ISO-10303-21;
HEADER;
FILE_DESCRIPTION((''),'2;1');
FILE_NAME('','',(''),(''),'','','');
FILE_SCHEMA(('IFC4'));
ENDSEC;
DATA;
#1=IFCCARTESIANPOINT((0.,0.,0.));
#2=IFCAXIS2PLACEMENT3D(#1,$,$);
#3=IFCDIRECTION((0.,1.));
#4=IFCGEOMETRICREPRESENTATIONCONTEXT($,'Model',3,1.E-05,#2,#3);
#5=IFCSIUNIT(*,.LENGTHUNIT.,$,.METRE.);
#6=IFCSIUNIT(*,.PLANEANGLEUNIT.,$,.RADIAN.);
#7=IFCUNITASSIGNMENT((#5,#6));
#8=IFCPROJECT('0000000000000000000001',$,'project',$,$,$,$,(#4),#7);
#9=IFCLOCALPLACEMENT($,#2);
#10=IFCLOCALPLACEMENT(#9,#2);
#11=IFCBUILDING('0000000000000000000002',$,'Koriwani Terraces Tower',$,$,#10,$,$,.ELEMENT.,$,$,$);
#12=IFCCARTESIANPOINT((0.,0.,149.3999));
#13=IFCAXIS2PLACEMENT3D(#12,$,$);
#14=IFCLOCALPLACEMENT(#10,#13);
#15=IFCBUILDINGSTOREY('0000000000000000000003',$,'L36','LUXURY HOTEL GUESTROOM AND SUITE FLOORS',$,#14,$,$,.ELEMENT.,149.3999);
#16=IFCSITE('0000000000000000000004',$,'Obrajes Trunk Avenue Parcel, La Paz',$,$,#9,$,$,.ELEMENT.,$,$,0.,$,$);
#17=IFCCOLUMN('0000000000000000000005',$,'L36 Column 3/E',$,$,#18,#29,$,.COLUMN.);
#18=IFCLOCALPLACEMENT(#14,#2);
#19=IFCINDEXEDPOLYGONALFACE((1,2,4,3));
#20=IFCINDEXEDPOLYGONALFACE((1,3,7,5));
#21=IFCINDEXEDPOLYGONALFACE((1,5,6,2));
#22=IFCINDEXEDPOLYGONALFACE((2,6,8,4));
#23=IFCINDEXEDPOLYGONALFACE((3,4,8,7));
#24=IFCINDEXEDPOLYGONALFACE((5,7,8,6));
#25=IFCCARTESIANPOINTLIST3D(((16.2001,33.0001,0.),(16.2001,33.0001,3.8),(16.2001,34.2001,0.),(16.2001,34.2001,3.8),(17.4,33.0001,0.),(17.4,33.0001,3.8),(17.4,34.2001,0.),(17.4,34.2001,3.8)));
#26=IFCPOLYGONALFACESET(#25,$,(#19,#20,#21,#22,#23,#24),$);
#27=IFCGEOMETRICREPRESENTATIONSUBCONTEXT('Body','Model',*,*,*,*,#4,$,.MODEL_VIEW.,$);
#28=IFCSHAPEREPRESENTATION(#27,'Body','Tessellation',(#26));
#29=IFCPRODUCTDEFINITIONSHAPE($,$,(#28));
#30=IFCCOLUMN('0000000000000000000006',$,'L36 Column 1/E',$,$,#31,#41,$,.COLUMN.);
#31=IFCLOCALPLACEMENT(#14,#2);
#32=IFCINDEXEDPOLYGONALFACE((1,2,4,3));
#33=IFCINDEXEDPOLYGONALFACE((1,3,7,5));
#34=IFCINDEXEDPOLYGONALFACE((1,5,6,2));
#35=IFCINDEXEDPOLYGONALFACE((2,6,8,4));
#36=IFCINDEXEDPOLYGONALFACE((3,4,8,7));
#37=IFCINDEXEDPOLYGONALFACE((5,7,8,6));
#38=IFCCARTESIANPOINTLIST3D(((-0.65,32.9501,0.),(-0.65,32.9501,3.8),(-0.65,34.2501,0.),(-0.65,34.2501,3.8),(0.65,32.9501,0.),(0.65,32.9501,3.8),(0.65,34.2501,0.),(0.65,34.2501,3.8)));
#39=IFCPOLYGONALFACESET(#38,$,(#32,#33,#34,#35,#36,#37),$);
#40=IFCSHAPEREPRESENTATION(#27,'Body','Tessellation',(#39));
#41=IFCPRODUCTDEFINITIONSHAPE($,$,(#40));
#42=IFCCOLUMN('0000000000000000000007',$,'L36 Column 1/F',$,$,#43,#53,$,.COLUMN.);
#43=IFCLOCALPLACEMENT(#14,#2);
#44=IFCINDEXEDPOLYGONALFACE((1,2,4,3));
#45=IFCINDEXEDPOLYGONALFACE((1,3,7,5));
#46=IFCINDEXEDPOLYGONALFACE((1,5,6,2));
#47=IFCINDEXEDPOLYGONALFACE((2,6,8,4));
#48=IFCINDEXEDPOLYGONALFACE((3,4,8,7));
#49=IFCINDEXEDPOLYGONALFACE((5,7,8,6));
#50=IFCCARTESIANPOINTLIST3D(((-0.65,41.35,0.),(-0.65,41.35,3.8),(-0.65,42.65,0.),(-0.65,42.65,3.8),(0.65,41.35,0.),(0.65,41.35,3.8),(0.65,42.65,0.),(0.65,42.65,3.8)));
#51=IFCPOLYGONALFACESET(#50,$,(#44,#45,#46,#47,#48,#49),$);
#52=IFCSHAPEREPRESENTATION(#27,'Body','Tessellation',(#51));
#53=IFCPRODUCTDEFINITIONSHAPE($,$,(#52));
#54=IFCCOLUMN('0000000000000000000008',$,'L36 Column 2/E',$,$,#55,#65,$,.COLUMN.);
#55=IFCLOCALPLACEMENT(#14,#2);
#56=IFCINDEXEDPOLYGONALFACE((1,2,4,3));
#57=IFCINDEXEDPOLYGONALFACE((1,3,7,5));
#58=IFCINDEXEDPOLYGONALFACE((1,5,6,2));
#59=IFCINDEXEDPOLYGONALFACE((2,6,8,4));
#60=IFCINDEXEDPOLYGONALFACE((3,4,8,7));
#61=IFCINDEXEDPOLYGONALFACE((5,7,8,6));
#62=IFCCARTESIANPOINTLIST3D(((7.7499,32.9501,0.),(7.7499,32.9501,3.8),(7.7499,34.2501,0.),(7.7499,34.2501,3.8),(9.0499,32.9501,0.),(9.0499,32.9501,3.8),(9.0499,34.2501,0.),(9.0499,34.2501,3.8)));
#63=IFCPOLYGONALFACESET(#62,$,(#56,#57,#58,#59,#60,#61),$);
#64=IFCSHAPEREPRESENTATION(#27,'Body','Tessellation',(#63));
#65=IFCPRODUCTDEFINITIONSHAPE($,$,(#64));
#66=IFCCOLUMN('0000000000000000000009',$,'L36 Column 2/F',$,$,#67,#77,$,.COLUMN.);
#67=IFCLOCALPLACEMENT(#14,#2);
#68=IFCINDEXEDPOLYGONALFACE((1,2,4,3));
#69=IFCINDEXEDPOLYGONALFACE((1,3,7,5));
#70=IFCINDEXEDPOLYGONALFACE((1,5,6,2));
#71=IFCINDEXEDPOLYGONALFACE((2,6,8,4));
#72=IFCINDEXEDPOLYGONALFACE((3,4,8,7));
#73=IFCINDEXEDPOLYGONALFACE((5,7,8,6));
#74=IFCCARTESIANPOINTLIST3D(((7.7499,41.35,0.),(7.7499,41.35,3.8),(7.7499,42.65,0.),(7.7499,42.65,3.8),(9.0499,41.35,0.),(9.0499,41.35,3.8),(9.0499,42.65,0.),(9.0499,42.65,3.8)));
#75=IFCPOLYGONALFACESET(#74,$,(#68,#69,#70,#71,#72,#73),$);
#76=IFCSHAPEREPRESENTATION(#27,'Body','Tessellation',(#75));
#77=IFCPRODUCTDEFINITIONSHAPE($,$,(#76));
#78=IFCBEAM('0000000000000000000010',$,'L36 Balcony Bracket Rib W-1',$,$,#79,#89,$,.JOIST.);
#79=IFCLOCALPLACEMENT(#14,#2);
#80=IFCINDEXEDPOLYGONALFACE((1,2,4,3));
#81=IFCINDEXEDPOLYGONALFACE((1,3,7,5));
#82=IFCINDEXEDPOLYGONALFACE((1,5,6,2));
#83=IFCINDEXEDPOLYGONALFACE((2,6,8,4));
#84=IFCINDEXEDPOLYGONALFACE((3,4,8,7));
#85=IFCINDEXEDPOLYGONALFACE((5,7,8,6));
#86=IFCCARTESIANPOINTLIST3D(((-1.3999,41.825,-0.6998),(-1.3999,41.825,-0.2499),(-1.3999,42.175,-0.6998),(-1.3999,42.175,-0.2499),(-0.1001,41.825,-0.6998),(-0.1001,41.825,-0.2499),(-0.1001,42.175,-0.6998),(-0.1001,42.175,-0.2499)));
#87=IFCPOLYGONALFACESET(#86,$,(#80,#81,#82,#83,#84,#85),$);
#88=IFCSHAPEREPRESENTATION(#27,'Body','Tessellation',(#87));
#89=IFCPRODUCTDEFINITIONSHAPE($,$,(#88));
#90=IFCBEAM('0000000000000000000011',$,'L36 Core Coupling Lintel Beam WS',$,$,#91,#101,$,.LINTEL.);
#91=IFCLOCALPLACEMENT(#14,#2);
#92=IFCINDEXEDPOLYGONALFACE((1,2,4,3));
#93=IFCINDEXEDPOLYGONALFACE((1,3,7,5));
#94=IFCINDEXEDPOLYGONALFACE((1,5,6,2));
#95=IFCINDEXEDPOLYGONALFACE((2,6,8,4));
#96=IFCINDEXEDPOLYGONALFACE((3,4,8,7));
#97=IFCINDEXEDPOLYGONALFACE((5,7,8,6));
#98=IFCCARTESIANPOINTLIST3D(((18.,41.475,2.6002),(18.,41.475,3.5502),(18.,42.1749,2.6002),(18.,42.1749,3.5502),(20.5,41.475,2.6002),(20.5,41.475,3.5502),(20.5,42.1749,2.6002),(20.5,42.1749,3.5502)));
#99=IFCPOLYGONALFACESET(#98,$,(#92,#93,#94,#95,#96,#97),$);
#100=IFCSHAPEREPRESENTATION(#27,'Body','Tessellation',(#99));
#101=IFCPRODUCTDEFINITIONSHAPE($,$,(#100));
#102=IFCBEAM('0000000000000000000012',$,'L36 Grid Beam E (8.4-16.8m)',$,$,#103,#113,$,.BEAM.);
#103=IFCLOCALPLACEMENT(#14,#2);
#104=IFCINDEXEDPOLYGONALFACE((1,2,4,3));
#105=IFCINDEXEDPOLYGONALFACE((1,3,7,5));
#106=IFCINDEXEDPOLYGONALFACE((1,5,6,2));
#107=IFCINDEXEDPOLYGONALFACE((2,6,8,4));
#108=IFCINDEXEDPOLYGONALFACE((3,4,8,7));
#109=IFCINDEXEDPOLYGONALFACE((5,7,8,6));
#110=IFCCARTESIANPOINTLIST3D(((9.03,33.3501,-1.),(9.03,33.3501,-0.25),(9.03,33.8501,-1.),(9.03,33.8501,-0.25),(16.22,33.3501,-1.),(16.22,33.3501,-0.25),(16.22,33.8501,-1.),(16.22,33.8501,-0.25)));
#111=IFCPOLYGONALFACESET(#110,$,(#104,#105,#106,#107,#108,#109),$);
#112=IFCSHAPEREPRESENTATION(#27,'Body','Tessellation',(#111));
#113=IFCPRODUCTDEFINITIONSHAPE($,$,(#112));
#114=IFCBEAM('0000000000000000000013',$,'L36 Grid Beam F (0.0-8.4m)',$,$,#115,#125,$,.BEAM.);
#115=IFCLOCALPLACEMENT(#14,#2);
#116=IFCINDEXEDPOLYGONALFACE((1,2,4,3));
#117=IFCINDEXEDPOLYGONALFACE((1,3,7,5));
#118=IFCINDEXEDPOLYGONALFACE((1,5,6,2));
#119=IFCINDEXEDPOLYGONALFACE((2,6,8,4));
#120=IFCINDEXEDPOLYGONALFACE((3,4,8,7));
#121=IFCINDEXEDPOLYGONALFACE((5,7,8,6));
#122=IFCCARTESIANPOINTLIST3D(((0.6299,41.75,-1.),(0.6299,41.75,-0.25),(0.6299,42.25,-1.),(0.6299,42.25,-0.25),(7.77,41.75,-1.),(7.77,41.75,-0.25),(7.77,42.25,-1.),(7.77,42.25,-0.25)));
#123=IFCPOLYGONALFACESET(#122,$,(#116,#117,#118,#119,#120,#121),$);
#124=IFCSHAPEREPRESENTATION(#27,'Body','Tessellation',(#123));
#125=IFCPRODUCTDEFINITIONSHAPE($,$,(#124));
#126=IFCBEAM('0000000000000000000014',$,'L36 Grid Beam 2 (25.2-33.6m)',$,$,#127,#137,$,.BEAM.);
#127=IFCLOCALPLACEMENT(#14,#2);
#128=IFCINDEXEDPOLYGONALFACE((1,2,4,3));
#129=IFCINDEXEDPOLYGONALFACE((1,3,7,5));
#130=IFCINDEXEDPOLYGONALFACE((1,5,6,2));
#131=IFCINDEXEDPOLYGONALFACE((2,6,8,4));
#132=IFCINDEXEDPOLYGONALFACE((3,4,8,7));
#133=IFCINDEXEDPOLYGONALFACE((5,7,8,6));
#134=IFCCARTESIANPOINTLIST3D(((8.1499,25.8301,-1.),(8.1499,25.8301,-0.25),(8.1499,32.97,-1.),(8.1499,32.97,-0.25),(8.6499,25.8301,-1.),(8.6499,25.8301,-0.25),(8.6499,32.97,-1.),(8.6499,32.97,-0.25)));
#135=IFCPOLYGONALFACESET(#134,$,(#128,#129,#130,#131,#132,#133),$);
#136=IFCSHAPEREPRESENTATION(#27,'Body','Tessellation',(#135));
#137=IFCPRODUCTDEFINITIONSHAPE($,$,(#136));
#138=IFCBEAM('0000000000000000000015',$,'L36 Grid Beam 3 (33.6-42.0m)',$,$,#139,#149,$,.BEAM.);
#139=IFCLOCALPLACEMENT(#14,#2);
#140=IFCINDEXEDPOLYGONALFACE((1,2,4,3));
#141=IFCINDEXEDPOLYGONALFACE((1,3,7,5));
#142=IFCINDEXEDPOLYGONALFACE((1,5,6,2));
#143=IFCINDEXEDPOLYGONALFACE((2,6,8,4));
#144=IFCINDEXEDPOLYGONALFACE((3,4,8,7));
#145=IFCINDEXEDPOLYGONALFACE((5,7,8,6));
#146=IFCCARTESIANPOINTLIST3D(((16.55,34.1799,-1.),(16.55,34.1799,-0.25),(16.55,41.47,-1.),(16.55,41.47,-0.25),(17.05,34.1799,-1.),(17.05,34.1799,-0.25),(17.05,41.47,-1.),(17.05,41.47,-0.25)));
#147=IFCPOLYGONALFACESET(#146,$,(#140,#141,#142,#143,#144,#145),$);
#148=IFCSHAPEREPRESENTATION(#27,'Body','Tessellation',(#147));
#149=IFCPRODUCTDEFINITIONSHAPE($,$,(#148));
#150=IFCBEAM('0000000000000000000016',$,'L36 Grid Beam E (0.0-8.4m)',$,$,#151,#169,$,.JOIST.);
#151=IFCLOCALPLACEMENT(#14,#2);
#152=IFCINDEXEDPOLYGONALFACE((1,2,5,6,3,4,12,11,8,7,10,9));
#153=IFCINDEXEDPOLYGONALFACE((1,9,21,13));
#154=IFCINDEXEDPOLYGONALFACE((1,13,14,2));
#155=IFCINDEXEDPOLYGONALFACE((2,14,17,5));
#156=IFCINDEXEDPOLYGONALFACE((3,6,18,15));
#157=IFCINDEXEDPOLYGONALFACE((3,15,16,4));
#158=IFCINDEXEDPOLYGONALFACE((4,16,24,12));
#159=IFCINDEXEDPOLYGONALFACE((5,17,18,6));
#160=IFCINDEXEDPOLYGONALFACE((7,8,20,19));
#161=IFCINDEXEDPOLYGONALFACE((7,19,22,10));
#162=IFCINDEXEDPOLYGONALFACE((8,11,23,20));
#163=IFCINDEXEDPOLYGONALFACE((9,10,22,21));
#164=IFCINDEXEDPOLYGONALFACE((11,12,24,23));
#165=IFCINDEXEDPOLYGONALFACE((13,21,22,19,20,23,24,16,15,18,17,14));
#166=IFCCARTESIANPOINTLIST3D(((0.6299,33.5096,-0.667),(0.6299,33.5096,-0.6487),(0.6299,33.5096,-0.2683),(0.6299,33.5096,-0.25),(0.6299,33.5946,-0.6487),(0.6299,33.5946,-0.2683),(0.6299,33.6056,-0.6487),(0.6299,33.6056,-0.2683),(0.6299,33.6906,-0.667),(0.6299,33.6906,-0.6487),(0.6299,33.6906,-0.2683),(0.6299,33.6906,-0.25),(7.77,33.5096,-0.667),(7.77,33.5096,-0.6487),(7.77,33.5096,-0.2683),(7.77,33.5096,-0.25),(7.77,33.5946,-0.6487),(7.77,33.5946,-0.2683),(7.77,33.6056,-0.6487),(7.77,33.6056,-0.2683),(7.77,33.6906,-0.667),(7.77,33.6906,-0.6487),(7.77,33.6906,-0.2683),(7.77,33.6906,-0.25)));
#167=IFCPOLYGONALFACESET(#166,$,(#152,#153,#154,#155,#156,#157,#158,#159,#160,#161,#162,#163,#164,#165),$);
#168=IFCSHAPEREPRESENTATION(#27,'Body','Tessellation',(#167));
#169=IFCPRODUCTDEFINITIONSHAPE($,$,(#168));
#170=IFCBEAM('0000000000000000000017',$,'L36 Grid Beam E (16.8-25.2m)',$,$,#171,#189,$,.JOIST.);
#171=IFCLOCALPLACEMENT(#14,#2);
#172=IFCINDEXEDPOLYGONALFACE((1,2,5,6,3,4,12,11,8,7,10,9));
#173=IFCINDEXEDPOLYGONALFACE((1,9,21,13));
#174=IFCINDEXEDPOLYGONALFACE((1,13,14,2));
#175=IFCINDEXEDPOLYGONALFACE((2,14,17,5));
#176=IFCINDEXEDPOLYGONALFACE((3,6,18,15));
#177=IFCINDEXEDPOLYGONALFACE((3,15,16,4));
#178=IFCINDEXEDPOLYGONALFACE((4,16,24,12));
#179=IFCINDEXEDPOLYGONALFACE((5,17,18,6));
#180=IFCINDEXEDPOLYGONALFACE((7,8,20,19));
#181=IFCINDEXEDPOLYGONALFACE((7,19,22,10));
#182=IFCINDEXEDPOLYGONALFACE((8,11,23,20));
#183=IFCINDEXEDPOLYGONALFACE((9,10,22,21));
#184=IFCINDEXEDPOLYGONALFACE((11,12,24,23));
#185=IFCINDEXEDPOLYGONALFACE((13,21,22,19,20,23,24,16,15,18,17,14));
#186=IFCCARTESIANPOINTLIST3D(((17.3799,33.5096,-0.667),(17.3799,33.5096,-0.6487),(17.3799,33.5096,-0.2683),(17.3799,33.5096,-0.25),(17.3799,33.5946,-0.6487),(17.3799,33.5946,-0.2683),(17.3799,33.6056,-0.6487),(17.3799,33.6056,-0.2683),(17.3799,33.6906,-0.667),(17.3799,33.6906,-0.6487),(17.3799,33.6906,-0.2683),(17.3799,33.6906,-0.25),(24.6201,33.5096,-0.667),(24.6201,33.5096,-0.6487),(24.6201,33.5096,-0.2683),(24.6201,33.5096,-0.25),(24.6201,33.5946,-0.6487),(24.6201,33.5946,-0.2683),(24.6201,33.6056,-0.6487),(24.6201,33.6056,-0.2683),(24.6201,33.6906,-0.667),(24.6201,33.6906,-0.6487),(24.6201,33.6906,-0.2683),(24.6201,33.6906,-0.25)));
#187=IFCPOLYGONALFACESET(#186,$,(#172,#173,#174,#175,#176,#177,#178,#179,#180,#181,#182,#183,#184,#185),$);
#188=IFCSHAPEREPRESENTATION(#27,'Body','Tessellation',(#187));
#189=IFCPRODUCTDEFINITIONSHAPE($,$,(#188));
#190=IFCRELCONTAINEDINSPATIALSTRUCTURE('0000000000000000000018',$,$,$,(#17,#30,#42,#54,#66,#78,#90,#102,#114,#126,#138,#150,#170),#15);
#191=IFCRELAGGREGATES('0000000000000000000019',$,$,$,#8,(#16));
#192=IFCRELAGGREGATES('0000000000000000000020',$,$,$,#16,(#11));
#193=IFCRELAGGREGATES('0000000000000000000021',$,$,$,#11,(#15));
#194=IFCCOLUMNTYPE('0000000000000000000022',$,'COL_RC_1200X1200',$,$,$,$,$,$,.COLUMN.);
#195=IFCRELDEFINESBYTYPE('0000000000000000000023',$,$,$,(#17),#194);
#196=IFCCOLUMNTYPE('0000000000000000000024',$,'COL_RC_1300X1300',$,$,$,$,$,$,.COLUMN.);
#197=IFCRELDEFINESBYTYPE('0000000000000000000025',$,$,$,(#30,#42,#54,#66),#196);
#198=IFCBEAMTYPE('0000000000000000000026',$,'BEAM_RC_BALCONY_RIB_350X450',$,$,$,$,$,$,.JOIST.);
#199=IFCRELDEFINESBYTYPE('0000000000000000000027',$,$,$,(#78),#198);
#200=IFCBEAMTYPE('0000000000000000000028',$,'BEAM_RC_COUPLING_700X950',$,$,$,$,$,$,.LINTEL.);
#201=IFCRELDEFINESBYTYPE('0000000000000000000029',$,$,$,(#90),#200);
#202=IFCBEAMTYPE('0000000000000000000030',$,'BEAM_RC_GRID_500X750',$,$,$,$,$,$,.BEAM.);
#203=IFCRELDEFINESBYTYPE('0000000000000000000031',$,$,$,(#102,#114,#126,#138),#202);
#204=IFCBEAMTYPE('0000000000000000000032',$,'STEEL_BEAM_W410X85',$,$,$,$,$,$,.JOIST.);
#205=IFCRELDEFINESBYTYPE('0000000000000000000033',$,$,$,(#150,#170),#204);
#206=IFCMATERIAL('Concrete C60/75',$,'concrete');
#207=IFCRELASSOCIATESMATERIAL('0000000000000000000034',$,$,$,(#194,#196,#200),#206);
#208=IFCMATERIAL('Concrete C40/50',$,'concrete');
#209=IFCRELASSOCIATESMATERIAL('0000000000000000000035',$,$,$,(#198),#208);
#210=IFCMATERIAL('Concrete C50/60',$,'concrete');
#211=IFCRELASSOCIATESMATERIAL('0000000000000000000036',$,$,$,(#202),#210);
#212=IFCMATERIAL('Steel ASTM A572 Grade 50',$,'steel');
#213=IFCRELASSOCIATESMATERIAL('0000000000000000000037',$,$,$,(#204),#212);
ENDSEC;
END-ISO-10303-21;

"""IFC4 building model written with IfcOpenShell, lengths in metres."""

from ifc_helpers import new_model, si_unit, direction, frame, origin, origin_2d, place, context, subcontext, project, spatial, rectangle, i_section, extrude, material, material_profile, profile_set, type_object, element, save


model = new_model("IFC4")

# Units and contexts
model_context = context("Model", 3, precision=1e-05, world=origin(), true_north=direction((0.0, 1.0)))
body_context = subcontext(model_context, "Body", "Model", "MODEL_VIEW")
ifc_project = project(units=[si_unit("LENGTHUNIT", "METRE"), si_unit("PLANEANGLEUNIT", "RADIAN")], contexts=[model_context])

# Site, building, storey
site_placement = place(None, origin())
site = spatial("IfcSite", under=ifc_project, at=site_placement, Name="Obrajes Trunk Avenue Parcel, La Paz", CompositionType="ELEMENT", RefElevation=0.0)
building_placement = place(site_placement, origin())
building = spatial("IfcBuilding", under=site, at=building_placement, Name="Koriwani Terraces Tower", CompositionType="ELEMENT")
storey_placement = place(building_placement, frame((0.0, 0.0, 149.3999)))
storey = spatial("IfcBuildingStorey", under=building, at=storey_placement, Name="L36", Description="LUXURY HOTEL GUESTROOM AND SUITE FLOORS", CompositionType="ELEMENT", Elevation=149.3999)

# Columns
ifc_material_1 = material(Name="Concrete C60/75", Category="concrete")
ifc_material_profile_1 = material_profile(ifc_material_1, rectangle(XDim=1.2, YDim=1.2, at=origin_2d()), Name="Concrete C60/75", Category="LoadBearing")
ifc_profile_set_1 = profile_set([ifc_material_profile_1], Name="Concrete C60/75")
column_type_1 = type_object("IfcColumnType", Name="COL_RC_1200X1200", PredefinedType="COLUMN", material=ifc_profile_set_1)
column_placement = place(storey_placement, frame((16.8, 33.6001, 0.0), z_axis=(0.0, 0.0, 1.0), x_axis=(1.0, 0.0, 0.0)))
element("IfcColumn", 1, at=column_placement, inside=storey, type_object=column_type_1, Name="L36 Column 3/E", PredefinedType="COLUMN", context=body_context, shape_type="SweptSolid", body=[
    extrude(rectangle(XDim=1.2, YDim=1.2, at=origin_2d()), origin(), (0.0, 0.0, 1.0), 3.8),
])
ifc_material_profile_2 = material_profile(ifc_material_1, rectangle(XDim=1.3, YDim=1.3, at=origin_2d()), Name="Concrete C60/75", Category="LoadBearing")
ifc_profile_set_2 = profile_set([ifc_material_profile_2], Name="Concrete C60/75")
column_type_2 = type_object("IfcColumnType", Name="COL_RC_1300X1300", PredefinedType="COLUMN", material=ifc_profile_set_2)
for number, where, z_axis, x_axis, name in (
    (2, (0.0, 33.6001, 0.0), (0.0, 0.0, 1.0), (1.0, 0.0, 0.0), "L36 Column 1/E"),
    (3, (0.0, 42.0, 0.0), (0.0, 0.0, 1.0), (1.0, 0.0, 0.0), "L36 Column 1/F"),
    (4, (8.3999, 33.6001, 0.0), (0.0, 0.0, 1.0), (1.0, 0.0, 0.0), "L36 Column 2/E"),
    (5, (8.3999, 42.0, 0.0), (0.0, 0.0, 1.0), (1.0, 0.0, 0.0), "L36 Column 2/F"),
):
    element("IfcColumn", number, at=place(storey_placement, frame(where, z_axis=z_axis, x_axis=x_axis)), inside=storey, type_object=column_type_2, Name=name, PredefinedType="COLUMN", context=body_context, shape_type="SweptSolid", body=[
        extrude(rectangle(XDim=1.3, YDim=1.3, at=origin_2d()), origin(), (0.0, 0.0, 1.0), 3.8),
    ])

# Beams
ifc_material_2 = material(Name="Concrete C40/50", Category="concrete")
ifc_material_profile_3 = material_profile(ifc_material_2, rectangle(XDim=0.3501, YDim=0.45, at=origin_2d()), Name="Concrete C40/50", Category="LoadBearing")
ifc_profile_set_3 = profile_set([ifc_material_profile_3], Name="Concrete C40/50")
beam_type_1 = type_object("IfcBeamType", Name="BEAM_RC_BALCONY_RIB_350X450", PredefinedType="JOIST", material=ifc_profile_set_3)
beam_1_placement = place(storey_placement, frame((-1.3999, 42.0, -0.4749), z_axis=(1.0, 0.0, 0.0), x_axis=(0.0, 1.0, 0.0)))
element("IfcBeam", 6, at=beam_1_placement, inside=storey, type_object=beam_type_1, Name="L36 Balcony Bracket Rib W-1", PredefinedType="JOIST", context=body_context, shape_type="SweptSolid", body=[
    extrude(rectangle(XDim=0.3501, YDim=0.45, at=origin_2d()), origin(), (0.0, 0.0, 1.0), 1.2998),
])
ifc_material_profile_4 = material_profile(ifc_material_1, rectangle(XDim=0.7, YDim=0.95, at=origin_2d()), Name="Concrete C60/75", Category="LoadBearing")
ifc_profile_set_4 = profile_set([ifc_material_profile_4], Name="Concrete C60/75")
beam_type_2 = type_object("IfcBeamType", Name="BEAM_RC_COUPLING_700X950", PredefinedType="LINTEL", material=ifc_profile_set_4)
beam_2_placement = place(storey_placement, frame((18.0, 41.825, 3.0752), z_axis=(1.0, 0.0, 0.0), x_axis=(0.0, 1.0, 0.0)))
element("IfcBeam", 7, at=beam_2_placement, inside=storey, type_object=beam_type_2, Name="L36 Core Coupling Lintel Beam WS", PredefinedType="LINTEL", context=body_context, shape_type="SweptSolid", body=[
    extrude(rectangle(XDim=0.7, YDim=0.95, at=origin_2d()), origin(), (0.0, 0.0, 1.0), 2.5),
])
ifc_material_3 = material(Name="Concrete C50/60", Category="concrete")
ifc_material_profile_5 = material_profile(ifc_material_3, rectangle(XDim=0.5, YDim=0.75, at=origin_2d()), Name="Concrete C50/60", Category="LoadBearing")
ifc_profile_set_5 = profile_set([ifc_material_profile_5], Name="Concrete C50/60")
beam_type_3 = type_object("IfcBeamType", Name="BEAM_RC_GRID_500X750", PredefinedType="BEAM", material=ifc_profile_set_5)
beam_3_placement = place(storey_placement, frame((9.03, 33.6001, -0.625), z_axis=(1.0, 0.0, 0.0), x_axis=(0.0, 1.0, 0.0)))
element("IfcBeam", 8, at=beam_3_placement, inside=storey, type_object=beam_type_3, Name="L36 Grid Beam E (8.4-16.8m)", PredefinedType="BEAM", context=body_context, shape_type="SweptSolid", body=[
    extrude(rectangle(XDim=0.5, YDim=0.75, at=origin_2d()), origin(), (0.0, 0.0, 1.0), 7.1899),
])
beam_4_placement = place(storey_placement, frame((0.6299, 42.0, -0.625), z_axis=(1.0, 0.0, 0.0), x_axis=(0.0, 1.0, 0.0)))
element("IfcBeam", 9, at=beam_4_placement, inside=storey, type_object=beam_type_3, Name="L36 Grid Beam F (0.0-8.4m)", PredefinedType="BEAM", context=body_context, shape_type="SweptSolid", body=[
    extrude(rectangle(XDim=0.5, YDim=0.75, at=origin_2d()), origin(), (0.0, 0.0, 1.0), 7.1401),
])
beam_5_placement = place(storey_placement, frame((8.3999, 25.8301, -0.625), z_axis=(0.0, 1.0, 0.0), x_axis=(-1.0, 0.0, 0.0)))
element("IfcBeam", 10, at=beam_5_placement, inside=storey, type_object=beam_type_3, Name="L36 Grid Beam 2 (25.2-33.6m)", PredefinedType="BEAM", context=body_context, shape_type="SweptSolid", body=[
    extrude(rectangle(XDim=0.5, YDim=0.75, at=origin_2d()), origin(), (0.0, 0.0, 1.0), 7.1399),
])
beam_6_placement = place(storey_placement, frame((16.8, 34.1799, -0.625), z_axis=(0.0, 1.0, 0.0), x_axis=(-1.0, 0.0, 0.0)))
element("IfcBeam", 11, at=beam_6_placement, inside=storey, type_object=beam_type_3, Name="L36 Grid Beam 3 (33.6-42.0m)", PredefinedType="BEAM", context=body_context, shape_type="SweptSolid", body=[
    extrude(rectangle(XDim=0.5, YDim=0.75, at=origin_2d()), origin(), (0.0, 0.0, 1.0), 7.29),
])
ifc_material_4 = material(Name="Steel ASTM A572 Grade 50", Category="steel")
ifc_material_profile_6 = material_profile(ifc_material_4, i_section(OverallWidth=0.1809, OverallDepth=0.417, WebThickness=0.011, FlangeThickness=0.0183, at=origin_2d()), Name="Steel ASTM A572 Grade 50", Category="LoadBearing")
ifc_profile_set_6 = profile_set([ifc_material_profile_6], Name="Steel ASTM A572 Grade 50")
beam_type_4 = type_object("IfcBeamType", Name="STEEL_BEAM_W410X85", PredefinedType="JOIST", material=ifc_profile_set_6)
beam_7_placement = place(storey_placement, frame((0.6299, 33.6001, -0.4585), z_axis=(1.0, 0.0, 0.0), x_axis=(0.0, 1.0, 0.0)))
element("IfcBeam", 12, at=beam_7_placement, inside=storey, type_object=beam_type_4, Name="L36 Grid Beam E (0.0-8.4m)", PredefinedType="JOIST", context=body_context, shape_type="SweptSolid", body=[
    extrude(i_section(OverallWidth=0.1809, OverallDepth=0.417, WebThickness=0.011, FlangeThickness=0.0183, at=origin_2d()), origin(), (0.0, 0.0, 1.0), 7.1401),
])
beam_8_placement = place(storey_placement, frame((17.3799, 33.6001, -0.4585), z_axis=(1.0, 0.0, 0.0), x_axis=(0.0, 1.0, 0.0)))
element("IfcBeam", 13, at=beam_8_placement, inside=storey, type_object=beam_type_4, Name="L36 Grid Beam E (16.8-25.2m)", PredefinedType="JOIST", context=body_context, shape_type="SweptSolid", body=[
    extrude(i_section(OverallWidth=0.1809, OverallDepth=0.417, WebThickness=0.011, FlangeThickness=0.0183, at=origin_2d()), origin(), (0.0, 0.0, 1.0), 7.2402),
])

save(model, "model.ifc")
